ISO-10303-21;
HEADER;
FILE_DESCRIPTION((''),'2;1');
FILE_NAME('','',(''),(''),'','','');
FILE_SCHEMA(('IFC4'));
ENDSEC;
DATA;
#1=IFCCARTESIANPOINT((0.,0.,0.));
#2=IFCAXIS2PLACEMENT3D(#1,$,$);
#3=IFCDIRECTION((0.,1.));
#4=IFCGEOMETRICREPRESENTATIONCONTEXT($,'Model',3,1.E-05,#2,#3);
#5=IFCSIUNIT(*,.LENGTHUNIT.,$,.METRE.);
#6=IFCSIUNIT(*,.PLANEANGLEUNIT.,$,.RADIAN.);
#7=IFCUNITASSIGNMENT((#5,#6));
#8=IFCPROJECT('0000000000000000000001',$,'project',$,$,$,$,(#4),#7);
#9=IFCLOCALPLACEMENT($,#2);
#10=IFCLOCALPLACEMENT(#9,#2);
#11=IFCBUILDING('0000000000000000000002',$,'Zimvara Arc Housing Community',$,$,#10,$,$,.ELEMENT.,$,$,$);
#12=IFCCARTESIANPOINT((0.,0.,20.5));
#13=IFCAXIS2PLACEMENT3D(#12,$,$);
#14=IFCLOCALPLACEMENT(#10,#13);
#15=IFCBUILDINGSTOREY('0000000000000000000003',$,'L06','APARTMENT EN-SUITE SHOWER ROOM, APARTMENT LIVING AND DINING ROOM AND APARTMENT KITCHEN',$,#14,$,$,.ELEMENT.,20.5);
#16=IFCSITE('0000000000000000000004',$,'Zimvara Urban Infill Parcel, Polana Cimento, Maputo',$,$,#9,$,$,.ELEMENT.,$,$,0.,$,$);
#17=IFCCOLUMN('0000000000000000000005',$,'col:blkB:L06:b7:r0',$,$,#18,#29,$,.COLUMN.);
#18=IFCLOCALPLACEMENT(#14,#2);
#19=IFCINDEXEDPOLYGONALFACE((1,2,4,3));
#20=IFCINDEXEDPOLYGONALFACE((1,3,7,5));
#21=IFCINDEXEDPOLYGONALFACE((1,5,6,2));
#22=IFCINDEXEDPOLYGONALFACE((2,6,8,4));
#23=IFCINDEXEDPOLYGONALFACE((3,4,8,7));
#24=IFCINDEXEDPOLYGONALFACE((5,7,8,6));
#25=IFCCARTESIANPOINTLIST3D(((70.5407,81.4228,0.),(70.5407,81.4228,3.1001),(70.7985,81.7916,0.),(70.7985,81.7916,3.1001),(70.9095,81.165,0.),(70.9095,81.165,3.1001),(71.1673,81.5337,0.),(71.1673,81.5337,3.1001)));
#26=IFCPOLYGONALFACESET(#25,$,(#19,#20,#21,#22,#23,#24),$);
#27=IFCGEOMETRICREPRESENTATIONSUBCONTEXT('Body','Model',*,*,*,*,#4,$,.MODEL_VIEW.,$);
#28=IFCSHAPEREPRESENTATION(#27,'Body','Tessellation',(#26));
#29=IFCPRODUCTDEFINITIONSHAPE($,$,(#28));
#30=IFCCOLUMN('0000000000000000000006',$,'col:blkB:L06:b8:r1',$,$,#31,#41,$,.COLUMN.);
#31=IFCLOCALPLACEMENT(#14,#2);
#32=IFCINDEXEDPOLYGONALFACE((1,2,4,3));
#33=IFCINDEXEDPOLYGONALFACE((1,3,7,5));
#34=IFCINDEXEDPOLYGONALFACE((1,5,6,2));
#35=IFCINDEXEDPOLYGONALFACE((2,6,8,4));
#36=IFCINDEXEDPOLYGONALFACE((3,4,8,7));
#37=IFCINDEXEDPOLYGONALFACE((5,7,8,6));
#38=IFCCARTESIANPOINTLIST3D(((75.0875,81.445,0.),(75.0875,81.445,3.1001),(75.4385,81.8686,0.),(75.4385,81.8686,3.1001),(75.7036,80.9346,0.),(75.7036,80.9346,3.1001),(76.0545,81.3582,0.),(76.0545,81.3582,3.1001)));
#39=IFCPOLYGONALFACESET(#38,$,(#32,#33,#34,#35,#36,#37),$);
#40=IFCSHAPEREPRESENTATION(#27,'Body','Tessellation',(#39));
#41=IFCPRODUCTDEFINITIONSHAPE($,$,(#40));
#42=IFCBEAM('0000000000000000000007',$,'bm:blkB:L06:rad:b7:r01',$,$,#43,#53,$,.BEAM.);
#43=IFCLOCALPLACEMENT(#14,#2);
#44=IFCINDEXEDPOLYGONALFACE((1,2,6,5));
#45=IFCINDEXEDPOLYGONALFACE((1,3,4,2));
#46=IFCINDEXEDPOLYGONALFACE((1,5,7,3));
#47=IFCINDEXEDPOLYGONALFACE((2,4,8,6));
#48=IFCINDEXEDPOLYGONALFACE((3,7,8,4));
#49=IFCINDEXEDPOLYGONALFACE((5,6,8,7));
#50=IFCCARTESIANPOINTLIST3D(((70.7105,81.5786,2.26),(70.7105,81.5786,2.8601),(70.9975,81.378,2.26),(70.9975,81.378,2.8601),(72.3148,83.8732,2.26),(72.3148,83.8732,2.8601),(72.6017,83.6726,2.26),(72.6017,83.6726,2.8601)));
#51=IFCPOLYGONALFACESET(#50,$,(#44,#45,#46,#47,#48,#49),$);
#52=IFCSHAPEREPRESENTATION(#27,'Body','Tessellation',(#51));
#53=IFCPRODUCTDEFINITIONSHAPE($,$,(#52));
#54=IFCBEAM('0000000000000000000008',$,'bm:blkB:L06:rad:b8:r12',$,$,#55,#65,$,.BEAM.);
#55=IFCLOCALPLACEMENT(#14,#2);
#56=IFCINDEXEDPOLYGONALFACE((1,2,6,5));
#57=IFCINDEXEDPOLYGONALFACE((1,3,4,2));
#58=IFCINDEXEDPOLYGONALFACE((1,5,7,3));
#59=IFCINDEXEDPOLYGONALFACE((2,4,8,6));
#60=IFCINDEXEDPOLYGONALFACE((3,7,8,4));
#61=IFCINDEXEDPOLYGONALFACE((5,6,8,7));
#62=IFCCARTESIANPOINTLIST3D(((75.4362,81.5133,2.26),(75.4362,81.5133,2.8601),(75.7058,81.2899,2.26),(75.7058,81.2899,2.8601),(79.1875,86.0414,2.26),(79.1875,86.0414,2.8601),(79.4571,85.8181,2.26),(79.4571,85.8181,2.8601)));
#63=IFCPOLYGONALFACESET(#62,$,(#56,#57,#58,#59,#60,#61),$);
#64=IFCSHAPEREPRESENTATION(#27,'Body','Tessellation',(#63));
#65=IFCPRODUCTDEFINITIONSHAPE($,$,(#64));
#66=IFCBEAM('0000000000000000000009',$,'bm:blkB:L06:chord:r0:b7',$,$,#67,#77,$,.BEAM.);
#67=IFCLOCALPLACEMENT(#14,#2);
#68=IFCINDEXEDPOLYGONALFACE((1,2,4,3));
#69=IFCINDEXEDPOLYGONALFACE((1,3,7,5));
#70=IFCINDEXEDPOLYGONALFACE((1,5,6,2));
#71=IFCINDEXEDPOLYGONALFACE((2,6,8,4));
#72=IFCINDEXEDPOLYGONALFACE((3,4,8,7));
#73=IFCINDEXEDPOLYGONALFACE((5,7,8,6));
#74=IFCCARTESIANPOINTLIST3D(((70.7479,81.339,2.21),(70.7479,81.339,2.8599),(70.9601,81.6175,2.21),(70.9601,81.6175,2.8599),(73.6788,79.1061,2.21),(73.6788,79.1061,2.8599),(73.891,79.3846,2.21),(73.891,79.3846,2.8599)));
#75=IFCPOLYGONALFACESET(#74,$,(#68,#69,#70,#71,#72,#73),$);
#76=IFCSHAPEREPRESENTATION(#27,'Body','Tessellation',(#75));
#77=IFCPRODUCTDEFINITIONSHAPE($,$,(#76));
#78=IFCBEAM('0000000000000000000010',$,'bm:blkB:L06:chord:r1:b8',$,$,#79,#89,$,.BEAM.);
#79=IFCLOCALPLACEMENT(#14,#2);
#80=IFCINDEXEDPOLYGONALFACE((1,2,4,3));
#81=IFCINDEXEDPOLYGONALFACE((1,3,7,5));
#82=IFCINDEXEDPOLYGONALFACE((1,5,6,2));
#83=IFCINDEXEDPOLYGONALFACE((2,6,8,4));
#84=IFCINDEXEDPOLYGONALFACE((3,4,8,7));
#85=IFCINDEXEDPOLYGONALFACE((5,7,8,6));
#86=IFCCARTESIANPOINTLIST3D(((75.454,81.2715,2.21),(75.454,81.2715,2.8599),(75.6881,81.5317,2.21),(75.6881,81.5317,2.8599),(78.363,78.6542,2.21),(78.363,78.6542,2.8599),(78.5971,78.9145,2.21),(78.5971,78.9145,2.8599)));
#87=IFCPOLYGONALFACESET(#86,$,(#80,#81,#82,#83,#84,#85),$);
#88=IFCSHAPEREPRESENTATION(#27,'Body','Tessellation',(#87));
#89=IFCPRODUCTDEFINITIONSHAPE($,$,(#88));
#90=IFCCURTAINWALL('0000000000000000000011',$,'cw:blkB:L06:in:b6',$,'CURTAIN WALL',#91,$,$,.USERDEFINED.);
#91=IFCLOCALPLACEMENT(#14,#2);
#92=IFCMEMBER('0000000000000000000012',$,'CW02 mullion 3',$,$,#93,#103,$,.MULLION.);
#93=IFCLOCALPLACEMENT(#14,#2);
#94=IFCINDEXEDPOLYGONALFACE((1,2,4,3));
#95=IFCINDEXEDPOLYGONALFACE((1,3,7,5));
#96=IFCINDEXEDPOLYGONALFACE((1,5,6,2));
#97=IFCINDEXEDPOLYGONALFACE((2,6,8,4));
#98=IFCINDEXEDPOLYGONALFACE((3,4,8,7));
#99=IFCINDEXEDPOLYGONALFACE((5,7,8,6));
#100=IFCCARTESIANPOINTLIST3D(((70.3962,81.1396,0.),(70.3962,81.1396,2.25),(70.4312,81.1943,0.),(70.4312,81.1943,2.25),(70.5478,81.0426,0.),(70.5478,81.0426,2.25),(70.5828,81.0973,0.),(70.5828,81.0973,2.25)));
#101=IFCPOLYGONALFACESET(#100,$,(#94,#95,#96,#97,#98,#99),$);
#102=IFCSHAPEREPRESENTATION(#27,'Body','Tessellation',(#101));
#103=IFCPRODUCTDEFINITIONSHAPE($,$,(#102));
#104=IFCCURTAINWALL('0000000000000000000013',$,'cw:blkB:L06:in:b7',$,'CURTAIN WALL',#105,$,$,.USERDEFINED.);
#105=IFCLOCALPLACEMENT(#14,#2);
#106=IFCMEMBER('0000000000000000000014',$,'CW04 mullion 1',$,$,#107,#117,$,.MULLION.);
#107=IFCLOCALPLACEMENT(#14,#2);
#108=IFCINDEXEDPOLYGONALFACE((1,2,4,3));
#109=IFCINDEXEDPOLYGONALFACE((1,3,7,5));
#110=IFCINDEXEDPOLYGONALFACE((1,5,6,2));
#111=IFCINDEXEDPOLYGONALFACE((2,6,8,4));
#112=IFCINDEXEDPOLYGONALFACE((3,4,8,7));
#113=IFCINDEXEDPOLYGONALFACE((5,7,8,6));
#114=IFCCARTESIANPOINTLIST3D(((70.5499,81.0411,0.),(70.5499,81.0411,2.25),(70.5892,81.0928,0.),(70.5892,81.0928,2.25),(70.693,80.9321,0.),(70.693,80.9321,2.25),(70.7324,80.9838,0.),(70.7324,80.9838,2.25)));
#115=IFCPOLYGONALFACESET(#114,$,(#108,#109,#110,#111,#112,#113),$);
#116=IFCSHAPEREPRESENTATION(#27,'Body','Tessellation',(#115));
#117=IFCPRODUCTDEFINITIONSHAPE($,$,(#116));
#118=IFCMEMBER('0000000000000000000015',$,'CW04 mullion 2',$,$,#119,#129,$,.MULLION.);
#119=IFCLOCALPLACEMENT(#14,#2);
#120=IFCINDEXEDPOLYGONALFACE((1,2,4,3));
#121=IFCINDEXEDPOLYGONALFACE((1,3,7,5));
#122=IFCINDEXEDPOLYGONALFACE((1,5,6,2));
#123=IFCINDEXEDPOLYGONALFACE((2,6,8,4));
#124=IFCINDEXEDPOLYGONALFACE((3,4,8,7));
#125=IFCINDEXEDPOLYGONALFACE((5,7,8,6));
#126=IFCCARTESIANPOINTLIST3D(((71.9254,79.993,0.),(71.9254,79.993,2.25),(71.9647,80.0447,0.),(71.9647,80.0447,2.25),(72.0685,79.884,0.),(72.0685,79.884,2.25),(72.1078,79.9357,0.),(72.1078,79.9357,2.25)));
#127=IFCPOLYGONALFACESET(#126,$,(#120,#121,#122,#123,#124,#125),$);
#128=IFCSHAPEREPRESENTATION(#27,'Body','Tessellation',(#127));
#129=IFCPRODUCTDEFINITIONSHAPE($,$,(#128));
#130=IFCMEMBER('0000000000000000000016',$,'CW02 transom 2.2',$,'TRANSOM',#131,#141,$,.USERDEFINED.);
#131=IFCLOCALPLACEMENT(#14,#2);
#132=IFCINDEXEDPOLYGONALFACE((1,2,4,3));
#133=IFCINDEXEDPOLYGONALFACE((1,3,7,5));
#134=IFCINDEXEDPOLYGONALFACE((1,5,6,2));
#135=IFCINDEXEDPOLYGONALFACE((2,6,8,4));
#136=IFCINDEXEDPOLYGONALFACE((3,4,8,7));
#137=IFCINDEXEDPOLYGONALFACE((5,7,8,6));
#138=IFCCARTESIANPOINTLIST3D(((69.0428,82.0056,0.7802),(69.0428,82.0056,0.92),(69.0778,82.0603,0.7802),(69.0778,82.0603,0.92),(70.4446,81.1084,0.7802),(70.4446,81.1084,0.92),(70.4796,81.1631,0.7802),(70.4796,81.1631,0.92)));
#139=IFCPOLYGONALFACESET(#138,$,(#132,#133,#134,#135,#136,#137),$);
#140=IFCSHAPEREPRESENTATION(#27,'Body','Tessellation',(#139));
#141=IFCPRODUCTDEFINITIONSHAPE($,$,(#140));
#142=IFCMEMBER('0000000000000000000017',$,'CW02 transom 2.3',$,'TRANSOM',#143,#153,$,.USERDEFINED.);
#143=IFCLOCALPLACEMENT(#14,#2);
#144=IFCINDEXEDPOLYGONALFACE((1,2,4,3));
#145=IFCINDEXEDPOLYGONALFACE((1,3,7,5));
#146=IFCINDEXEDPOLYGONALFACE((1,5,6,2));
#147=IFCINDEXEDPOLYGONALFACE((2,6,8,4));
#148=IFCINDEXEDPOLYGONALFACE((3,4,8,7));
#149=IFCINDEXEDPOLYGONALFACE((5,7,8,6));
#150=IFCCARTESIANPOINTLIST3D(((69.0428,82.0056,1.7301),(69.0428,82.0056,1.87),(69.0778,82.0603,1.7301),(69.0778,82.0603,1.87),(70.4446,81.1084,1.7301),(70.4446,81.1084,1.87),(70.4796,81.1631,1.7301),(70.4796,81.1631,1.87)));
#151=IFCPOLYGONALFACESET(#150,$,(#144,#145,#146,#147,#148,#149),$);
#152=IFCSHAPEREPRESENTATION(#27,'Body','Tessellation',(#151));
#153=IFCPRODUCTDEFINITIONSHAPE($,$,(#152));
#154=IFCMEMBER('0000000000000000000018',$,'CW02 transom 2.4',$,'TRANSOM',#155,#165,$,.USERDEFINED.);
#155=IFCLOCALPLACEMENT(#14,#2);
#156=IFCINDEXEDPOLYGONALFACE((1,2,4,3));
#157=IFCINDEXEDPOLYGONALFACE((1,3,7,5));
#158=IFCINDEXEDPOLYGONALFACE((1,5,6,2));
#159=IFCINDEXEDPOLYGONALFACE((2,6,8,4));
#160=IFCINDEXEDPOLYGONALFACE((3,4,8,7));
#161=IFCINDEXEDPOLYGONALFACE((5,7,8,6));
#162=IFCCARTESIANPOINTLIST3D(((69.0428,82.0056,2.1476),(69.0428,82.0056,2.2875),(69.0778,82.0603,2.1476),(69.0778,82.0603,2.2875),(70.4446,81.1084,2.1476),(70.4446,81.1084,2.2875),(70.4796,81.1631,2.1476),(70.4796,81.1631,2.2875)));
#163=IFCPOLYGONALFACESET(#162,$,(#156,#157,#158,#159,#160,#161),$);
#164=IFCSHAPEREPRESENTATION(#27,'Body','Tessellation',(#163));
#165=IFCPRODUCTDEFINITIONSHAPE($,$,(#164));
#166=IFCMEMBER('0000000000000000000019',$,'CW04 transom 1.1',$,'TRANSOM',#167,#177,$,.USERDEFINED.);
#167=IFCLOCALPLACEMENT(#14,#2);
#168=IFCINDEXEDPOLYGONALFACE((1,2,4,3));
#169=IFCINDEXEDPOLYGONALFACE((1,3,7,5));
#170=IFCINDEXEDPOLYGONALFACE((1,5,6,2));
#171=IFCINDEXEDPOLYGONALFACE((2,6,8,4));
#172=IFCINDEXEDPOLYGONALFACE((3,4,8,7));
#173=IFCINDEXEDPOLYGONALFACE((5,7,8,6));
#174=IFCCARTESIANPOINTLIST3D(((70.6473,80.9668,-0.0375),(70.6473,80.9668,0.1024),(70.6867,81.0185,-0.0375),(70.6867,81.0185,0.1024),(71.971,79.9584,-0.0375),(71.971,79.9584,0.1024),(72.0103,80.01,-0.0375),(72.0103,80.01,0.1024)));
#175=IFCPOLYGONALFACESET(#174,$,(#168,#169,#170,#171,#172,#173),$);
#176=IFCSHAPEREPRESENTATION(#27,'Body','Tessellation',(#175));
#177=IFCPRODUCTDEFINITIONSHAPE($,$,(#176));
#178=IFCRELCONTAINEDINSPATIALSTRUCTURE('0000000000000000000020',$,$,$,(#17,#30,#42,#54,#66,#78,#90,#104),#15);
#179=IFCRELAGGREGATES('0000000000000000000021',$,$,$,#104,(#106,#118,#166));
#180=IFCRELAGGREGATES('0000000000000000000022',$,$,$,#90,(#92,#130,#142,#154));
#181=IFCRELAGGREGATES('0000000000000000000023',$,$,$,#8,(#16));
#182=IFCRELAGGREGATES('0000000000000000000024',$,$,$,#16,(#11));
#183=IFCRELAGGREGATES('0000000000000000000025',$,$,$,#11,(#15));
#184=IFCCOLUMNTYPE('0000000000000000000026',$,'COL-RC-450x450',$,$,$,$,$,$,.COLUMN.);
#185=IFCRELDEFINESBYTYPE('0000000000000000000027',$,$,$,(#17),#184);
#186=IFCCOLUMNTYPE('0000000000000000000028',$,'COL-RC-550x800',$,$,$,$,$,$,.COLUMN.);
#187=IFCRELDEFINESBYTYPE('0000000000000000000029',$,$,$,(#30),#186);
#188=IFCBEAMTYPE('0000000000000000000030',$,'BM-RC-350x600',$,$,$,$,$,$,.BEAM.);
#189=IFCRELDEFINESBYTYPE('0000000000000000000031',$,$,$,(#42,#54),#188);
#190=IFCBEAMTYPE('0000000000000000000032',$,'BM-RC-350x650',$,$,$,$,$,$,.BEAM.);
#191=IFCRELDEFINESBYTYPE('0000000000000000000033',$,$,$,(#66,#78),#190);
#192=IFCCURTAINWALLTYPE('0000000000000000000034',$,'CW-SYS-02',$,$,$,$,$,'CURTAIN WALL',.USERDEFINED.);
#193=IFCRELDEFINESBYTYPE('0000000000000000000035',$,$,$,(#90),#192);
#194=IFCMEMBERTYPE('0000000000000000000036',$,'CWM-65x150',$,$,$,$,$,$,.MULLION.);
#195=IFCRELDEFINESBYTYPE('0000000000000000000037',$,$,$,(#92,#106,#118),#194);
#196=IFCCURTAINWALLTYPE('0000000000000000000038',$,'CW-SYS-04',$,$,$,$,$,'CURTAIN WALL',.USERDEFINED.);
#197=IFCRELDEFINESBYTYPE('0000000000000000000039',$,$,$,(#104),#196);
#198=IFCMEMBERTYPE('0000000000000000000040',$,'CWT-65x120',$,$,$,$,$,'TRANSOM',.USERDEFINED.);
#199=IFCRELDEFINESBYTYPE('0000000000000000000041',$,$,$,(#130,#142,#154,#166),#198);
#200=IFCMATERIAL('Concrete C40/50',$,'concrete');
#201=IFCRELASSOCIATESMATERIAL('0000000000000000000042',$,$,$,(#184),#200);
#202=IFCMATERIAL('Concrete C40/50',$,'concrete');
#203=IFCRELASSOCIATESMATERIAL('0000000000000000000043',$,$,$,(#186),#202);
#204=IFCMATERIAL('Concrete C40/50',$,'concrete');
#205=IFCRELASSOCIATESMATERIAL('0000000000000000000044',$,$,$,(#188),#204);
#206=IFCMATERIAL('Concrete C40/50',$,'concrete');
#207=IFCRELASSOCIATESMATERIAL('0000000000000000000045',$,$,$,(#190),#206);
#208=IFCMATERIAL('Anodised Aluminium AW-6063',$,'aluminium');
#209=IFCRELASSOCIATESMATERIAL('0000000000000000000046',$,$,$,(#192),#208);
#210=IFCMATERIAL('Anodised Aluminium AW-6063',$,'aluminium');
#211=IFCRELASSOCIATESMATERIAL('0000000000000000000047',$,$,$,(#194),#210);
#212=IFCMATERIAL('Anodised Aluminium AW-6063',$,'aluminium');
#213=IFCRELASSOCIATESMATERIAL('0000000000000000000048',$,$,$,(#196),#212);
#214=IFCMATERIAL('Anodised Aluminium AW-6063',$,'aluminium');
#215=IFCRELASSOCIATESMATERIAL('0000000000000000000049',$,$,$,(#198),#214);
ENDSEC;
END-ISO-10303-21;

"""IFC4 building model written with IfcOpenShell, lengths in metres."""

from ifc_helpers import new_model, si_unit, direction, frame, origin, origin_2d, place, context, subcontext, project, spatial, rectangle, extrude, material, material_profile, profile_set, type_object, element, aggregate, save


model = new_model("IFC4")

# Units and contexts
model_context = context("Model", 3, precision=1e-05, world=origin(), true_north=direction((0.0, 1.0)))
body_context = subcontext(model_context, "Body", "Model", "MODEL_VIEW")
ifc_project = project(units=[si_unit("LENGTHUNIT", "METRE"), si_unit("PLANEANGLEUNIT", "RADIAN")], contexts=[model_context])

# Site, building, storey
site_placement = place(None, origin())
site = spatial("IfcSite", under=ifc_project, at=site_placement, Name="Zimvara Urban Infill Parcel, Polana Cimento, Maputo", CompositionType="ELEMENT", RefElevation=0.0)
building_placement = place(site_placement, origin())
building = spatial("IfcBuilding", under=site, at=building_placement, Name="Zimvara Arc Housing Community", CompositionType="ELEMENT")
storey_placement = place(building_placement, frame((0.0, 0.0, 20.5)))
storey = spatial("IfcBuildingStorey", under=building, at=storey_placement, Name="L06", Description="APARTMENT EN-SUITE SHOWER ROOM, APARTMENT LIVING AND DINING ROOM AND APARTMENT KITCHEN", CompositionType="ELEMENT", Elevation=20.5)

# Columns
ifc_material_1 = material(Name="Concrete C40/50", Category="concrete")
ifc_material_profile_1 = material_profile(ifc_material_1, rectangle(XDim=0.45, YDim=0.45, at=origin_2d()), Name="RC 450x450")
ifc_profile_set_1 = profile_set([ifc_material_profile_1], Name="Concrete C40/50")
column_type_1 = type_object("IfcColumnType", Name="COL-RC-450x450", PredefinedType="COLUMN", material=ifc_profile_set_1)
column_1_placement = place(storey_placement, frame((70.854, 81.4783, 0.0), z_axis=(0.0, 0.0, 1.0), x_axis=(0.573004, 0.819552, 0.0)))
element("IfcColumn", 1, at=column_1_placement, inside=storey, type_object=column_type_1, Name="col:blkB:L06:b7:r0", PredefinedType="COLUMN", context=body_context, shape_type="SweptSolid", body=[
    extrude(rectangle(XDim=0.45, YDim=0.45, at=origin_2d()), origin(), (0.0, 0.0, 1.0), 3.1001),
])
ifc_material_2 = material(Name="Concrete C40/50", Category="concrete")
ifc_material_profile_2 = material_profile(ifc_material_2, rectangle(XDim=0.55, YDim=0.8, at=origin_2d()), Name="RC 550x800")
ifc_profile_set_2 = profile_set([ifc_material_profile_2], Name="Concrete C40/50")
column_type_2 = type_object("IfcColumnType", Name="COL-RC-550x800", PredefinedType="COLUMN", material=ifc_profile_set_2)
column_2_placement = place(storey_placement, frame((75.571, 81.4016, 0.0), z_axis=(0.0, 0.0, 1.0), x_axis=(0.637962, 0.770068, 0.0)))
element("IfcColumn", 2, at=column_2_placement, inside=storey, type_object=column_type_2, Name="col:blkB:L06:b8:r1", PredefinedType="COLUMN", context=body_context, shape_type="SweptSolid", body=[
    extrude(rectangle(XDim=0.55, YDim=0.8, at=origin_2d()), origin(), (0.0, 0.0, 1.0), 3.1001),
])

# Beams
ifc_material_3 = material(Name="Concrete C40/50", Category="concrete")
ifc_material_profile_3 = material_profile(ifc_material_3, rectangle(XDim=0.3501, YDim=0.6001, at=origin_2d()), Name="RC 350x600")
ifc_profile_set_3 = profile_set([ifc_material_profile_3], Name="Concrete C40/50")
beam_type_1 = type_object("IfcBeamType", Name="BM-RC-350x600", PredefinedType="BEAM", material=ifc_profile_set_3)
beam_1_placement = place(storey_placement, frame((70.854, 81.4783, 2.5601), z_axis=(0.572977, 0.819572, 0.0), x_axis=(-0.819572, 0.572977, 0.0)))
element("IfcBeam", 3, at=beam_1_placement, inside=storey, type_object=beam_type_1, Name="bm:blkB:L06:rad:b7:r01", PredefinedType="BEAM", context=body_context, shape_type="SweptSolid", body=[
    extrude(rectangle(XDim=0.3501, YDim=0.6001, at=origin_2d()), origin(), (0.0, 0.0, 1.0), 2.7998),
])
beam_2_placement = place(storey_placement, frame((75.571, 81.4016, 2.5601), z_axis=(0.637956, 0.770073, 0.0), x_axis=(-0.770073, 0.637956, 0.0)))
element("IfcBeam", 4, at=beam_2_placement, inside=storey, type_object=beam_type_1, Name="bm:blkB:L06:rad:b8:r12", PredefinedType="BEAM", context=body_context, shape_type="SweptSolid", body=[
    extrude(rectangle(XDim=0.3501, YDim=0.6001, at=origin_2d()), origin(), (0.0, 0.0, 1.0), 5.8801),
])
ifc_material_4 = material(Name="Concrete C40/50", Category="concrete")
ifc_material_profile_4 = material_profile(ifc_material_4, rectangle(XDim=0.3501, YDim=0.6499, at=origin_2d()), Name="RC 350x650")
ifc_profile_set_4 = profile_set([ifc_material_profile_4], Name="Concrete C40/50")
beam_type_2 = type_object("IfcBeamType", Name="BM-RC-350x650", PredefinedType="BEAM", material=ifc_profile_set_4)
beam_3_placement = place(storey_placement, frame((70.854, 81.4783, 2.5349), z_axis=(0.795453, -0.606015, 0.0), x_axis=(0.606015, 0.795453, 0.0)))
element("IfcBeam", 5, at=beam_3_placement, inside=storey, type_object=beam_type_2, Name="bm:blkB:L06:chord:r0:b7", PredefinedType="BEAM", context=body_context, shape_type="SweptSolid", body=[
    extrude(rectangle(XDim=0.3501, YDim=0.6499, at=origin_2d()), origin(), (0.0, 0.0, 1.0), 3.6846),
])
beam_4_placement = place(storey_placement, frame((75.571, 81.4016, 2.5349), z_axis=(0.743403, -0.668844, 0.0), x_axis=(0.668844, 0.743403, 0.0)))
element("IfcBeam", 6, at=beam_4_placement, inside=storey, type_object=beam_type_2, Name="bm:blkB:L06:chord:r1:b8", PredefinedType="BEAM", context=body_context, shape_type="SweptSolid", body=[
    extrude(rectangle(XDim=0.3501, YDim=0.6499, at=origin_2d()), origin(), (0.0, 0.0, 1.0), 3.9131),
])

# Curtain wall, member
ifc_material_5 = material(Name="Anodised Aluminium AW-6063", Category="aluminium")
curtain_wall_type_1 = type_object("IfcCurtainWallType", Name="CW-SYS-02", ElementType="CURTAIN WALL", PredefinedType="USERDEFINED", material=ifc_material_5)
curtain_wall_1_placement = place(storey_placement, origin())
curtain_wall_1 = element("IfcCurtainWall", 7, at=curtain_wall_1_placement, inside=storey, type_object=curtain_wall_type_1, Name="cw:blkB:L06:in:b6", ObjectType="CURTAIN WALL", PredefinedType="USERDEFINED")
ifc_material_6 = material(Name="Anodised Aluminium AW-6063", Category="aluminium")
ifc_material_profile_5 = material_profile(ifc_material_6, rectangle(XDim=0.0649, YDim=0.1799, at=origin_2d()), Name="ALU 65x180")
ifc_profile_set_5 = profile_set([ifc_material_profile_5], Name="Anodised Aluminium AW-6063")
member_type_1 = type_object("IfcMemberType", Name="CWM-65x150", PredefinedType="MULLION", material=ifc_profile_set_5)
member_1_placement = place(storey_placement, frame((70.4895, 81.1184, 0.0), z_axis=(0.0, 0.0, 1.0), x_axis=(0.539064, 0.842265, 0.0)))
member_1 = element("IfcMember", 8, at=member_1_placement, type_object=member_type_1, Name="CW02 mullion 3", PredefinedType="MULLION", context=body_context, shape_type="SweptSolid", body=[
    extrude(rectangle(XDim=0.0649, YDim=0.1799, at=origin_2d()), origin(), (0.0, 0.0, 1.0), 2.25),
])

# Curtain wall, members
ifc_material_7 = material(Name="Anodised Aluminium AW-6063", Category="aluminium")
curtain_wall_type_2 = type_object("IfcCurtainWallType", Name="CW-SYS-04", ElementType="CURTAIN WALL", PredefinedType="USERDEFINED", material=ifc_material_7)
curtain_wall_2_placement = place(storey_placement, origin())
curtain_wall_2 = element("IfcCurtainWall", 9, at=curtain_wall_2_placement, inside=storey, type_object=curtain_wall_type_2, Name="cw:blkB:L06:in:b7", ObjectType="CURTAIN WALL", PredefinedType="USERDEFINED")
member_2_placement = place(storey_placement, frame((70.6411, 81.0125, 0.0), z_axis=(0.0, 0.0, 1.0), x_axis=(0.605988, 0.795474, 0.0)))
member_2 = element("IfcMember", 10, at=member_2_placement, type_object=member_type_1, Name="CW04 mullion 1", PredefinedType="MULLION", context=body_context, shape_type="SweptSolid", body=[
    extrude(rectangle(XDim=0.0649, YDim=0.1799, at=origin_2d()), origin(), (0.0, 0.0, 1.0), 2.25),
])
member_3_placement = place(storey_placement, frame((72.0166, 79.9644, 0.0), z_axis=(0.0, 0.0, 1.0), x_axis=(0.605988, 0.795474, 0.0)))
member_3 = element("IfcMember", 11, at=member_3_placement, type_object=member_type_1, Name="CW04 mullion 2", PredefinedType="MULLION", context=body_context, shape_type="SweptSolid", body=[
    extrude(rectangle(XDim=0.0649, YDim=0.1799, at=origin_2d()), origin(), (0.0, 0.0, 1.0), 2.25),
])

# Members
ifc_material_8 = material(Name="Anodised Aluminium AW-6063", Category="aluminium")
ifc_material_profile_6 = material_profile(ifc_material_8, rectangle(XDim=0.0649, YDim=0.1399, at=origin_2d()), Name="ALU 65x140")
ifc_profile_set_6 = profile_set([ifc_material_profile_6], Name="Anodised Aluminium AW-6063")
member_type_2 = type_object("IfcMemberType", Name="CWT-65x120", ElementType="TRANSOM", PredefinedType="USERDEFINED", material=ifc_profile_set_6)
member_4_placement = place(storey_placement, frame((69.0603, 82.033, 0.8501), z_axis=(0.842263, -0.539066, 0.0), x_axis=(0.539066, 0.842263, 0.0)))
member_4 = element("IfcMember", 12, at=member_4_placement, type_object=member_type_2, Name="CW02 transom 2.2", ObjectType="TRANSOM", PredefinedType="USERDEFINED", context=body_context, shape_type="SweptSolid", body=[
    extrude(rectangle(XDim=0.0649, YDim=0.1399, at=origin_2d()), origin(), (0.0, 0.0, 1.0), 1.6643),
])
member_5_placement = place(storey_placement, frame((69.0603, 82.033, 1.8), z_axis=(0.842263, -0.539066, 0.0), x_axis=(0.539066, 0.842263, 0.0)))
member_5 = element("IfcMember", 13, at=member_5_placement, type_object=member_type_2, Name="CW02 transom 2.3", ObjectType="TRANSOM", PredefinedType="USERDEFINED", context=body_context, shape_type="SweptSolid", body=[
    extrude(rectangle(XDim=0.0649, YDim=0.1399, at=origin_2d()), origin(), (0.0, 0.0, 1.0), 1.6643),
])
member_6_placement = place(storey_placement, frame((69.0603, 82.033, 2.2175), z_axis=(0.842263, -0.539066, 0.0), x_axis=(0.539066, 0.842263, 0.0)))
member_6 = element("IfcMember", 14, at=member_6_placement, type_object=member_type_2, Name="CW02 transom 2.4", ObjectType="TRANSOM", PredefinedType="USERDEFINED", context=body_context, shape_type="SweptSolid", body=[
    extrude(rectangle(XDim=0.0649, YDim=0.1399, at=origin_2d()), origin(), (0.0, 0.0, 1.0), 1.6643),
])
member_7_placement = place(storey_placement, frame((70.667, 80.9927, 0.0325), z_axis=(0.795435, -0.606039, 0.0), x_axis=(0.606039, 0.795435, 0.0)))
member_7 = element("IfcMember", 15, at=member_7_placement, type_object=member_type_2, Name="CW04 transom 1.1", ObjectType="TRANSOM", PredefinedType="USERDEFINED", context=body_context, shape_type="SweptSolid", body=[
    extrude(rectangle(XDim=0.0649, YDim=0.1399, at=origin_2d()), origin(), (0.0, 0.0, 1.0), 1.6641),
])

aggregate(curtain_wall_2, [member_2, member_3, member_7])
aggregate(curtain_wall_1, [member_1, member_4, member_5, member_6])

save(model, "model.ifc")
